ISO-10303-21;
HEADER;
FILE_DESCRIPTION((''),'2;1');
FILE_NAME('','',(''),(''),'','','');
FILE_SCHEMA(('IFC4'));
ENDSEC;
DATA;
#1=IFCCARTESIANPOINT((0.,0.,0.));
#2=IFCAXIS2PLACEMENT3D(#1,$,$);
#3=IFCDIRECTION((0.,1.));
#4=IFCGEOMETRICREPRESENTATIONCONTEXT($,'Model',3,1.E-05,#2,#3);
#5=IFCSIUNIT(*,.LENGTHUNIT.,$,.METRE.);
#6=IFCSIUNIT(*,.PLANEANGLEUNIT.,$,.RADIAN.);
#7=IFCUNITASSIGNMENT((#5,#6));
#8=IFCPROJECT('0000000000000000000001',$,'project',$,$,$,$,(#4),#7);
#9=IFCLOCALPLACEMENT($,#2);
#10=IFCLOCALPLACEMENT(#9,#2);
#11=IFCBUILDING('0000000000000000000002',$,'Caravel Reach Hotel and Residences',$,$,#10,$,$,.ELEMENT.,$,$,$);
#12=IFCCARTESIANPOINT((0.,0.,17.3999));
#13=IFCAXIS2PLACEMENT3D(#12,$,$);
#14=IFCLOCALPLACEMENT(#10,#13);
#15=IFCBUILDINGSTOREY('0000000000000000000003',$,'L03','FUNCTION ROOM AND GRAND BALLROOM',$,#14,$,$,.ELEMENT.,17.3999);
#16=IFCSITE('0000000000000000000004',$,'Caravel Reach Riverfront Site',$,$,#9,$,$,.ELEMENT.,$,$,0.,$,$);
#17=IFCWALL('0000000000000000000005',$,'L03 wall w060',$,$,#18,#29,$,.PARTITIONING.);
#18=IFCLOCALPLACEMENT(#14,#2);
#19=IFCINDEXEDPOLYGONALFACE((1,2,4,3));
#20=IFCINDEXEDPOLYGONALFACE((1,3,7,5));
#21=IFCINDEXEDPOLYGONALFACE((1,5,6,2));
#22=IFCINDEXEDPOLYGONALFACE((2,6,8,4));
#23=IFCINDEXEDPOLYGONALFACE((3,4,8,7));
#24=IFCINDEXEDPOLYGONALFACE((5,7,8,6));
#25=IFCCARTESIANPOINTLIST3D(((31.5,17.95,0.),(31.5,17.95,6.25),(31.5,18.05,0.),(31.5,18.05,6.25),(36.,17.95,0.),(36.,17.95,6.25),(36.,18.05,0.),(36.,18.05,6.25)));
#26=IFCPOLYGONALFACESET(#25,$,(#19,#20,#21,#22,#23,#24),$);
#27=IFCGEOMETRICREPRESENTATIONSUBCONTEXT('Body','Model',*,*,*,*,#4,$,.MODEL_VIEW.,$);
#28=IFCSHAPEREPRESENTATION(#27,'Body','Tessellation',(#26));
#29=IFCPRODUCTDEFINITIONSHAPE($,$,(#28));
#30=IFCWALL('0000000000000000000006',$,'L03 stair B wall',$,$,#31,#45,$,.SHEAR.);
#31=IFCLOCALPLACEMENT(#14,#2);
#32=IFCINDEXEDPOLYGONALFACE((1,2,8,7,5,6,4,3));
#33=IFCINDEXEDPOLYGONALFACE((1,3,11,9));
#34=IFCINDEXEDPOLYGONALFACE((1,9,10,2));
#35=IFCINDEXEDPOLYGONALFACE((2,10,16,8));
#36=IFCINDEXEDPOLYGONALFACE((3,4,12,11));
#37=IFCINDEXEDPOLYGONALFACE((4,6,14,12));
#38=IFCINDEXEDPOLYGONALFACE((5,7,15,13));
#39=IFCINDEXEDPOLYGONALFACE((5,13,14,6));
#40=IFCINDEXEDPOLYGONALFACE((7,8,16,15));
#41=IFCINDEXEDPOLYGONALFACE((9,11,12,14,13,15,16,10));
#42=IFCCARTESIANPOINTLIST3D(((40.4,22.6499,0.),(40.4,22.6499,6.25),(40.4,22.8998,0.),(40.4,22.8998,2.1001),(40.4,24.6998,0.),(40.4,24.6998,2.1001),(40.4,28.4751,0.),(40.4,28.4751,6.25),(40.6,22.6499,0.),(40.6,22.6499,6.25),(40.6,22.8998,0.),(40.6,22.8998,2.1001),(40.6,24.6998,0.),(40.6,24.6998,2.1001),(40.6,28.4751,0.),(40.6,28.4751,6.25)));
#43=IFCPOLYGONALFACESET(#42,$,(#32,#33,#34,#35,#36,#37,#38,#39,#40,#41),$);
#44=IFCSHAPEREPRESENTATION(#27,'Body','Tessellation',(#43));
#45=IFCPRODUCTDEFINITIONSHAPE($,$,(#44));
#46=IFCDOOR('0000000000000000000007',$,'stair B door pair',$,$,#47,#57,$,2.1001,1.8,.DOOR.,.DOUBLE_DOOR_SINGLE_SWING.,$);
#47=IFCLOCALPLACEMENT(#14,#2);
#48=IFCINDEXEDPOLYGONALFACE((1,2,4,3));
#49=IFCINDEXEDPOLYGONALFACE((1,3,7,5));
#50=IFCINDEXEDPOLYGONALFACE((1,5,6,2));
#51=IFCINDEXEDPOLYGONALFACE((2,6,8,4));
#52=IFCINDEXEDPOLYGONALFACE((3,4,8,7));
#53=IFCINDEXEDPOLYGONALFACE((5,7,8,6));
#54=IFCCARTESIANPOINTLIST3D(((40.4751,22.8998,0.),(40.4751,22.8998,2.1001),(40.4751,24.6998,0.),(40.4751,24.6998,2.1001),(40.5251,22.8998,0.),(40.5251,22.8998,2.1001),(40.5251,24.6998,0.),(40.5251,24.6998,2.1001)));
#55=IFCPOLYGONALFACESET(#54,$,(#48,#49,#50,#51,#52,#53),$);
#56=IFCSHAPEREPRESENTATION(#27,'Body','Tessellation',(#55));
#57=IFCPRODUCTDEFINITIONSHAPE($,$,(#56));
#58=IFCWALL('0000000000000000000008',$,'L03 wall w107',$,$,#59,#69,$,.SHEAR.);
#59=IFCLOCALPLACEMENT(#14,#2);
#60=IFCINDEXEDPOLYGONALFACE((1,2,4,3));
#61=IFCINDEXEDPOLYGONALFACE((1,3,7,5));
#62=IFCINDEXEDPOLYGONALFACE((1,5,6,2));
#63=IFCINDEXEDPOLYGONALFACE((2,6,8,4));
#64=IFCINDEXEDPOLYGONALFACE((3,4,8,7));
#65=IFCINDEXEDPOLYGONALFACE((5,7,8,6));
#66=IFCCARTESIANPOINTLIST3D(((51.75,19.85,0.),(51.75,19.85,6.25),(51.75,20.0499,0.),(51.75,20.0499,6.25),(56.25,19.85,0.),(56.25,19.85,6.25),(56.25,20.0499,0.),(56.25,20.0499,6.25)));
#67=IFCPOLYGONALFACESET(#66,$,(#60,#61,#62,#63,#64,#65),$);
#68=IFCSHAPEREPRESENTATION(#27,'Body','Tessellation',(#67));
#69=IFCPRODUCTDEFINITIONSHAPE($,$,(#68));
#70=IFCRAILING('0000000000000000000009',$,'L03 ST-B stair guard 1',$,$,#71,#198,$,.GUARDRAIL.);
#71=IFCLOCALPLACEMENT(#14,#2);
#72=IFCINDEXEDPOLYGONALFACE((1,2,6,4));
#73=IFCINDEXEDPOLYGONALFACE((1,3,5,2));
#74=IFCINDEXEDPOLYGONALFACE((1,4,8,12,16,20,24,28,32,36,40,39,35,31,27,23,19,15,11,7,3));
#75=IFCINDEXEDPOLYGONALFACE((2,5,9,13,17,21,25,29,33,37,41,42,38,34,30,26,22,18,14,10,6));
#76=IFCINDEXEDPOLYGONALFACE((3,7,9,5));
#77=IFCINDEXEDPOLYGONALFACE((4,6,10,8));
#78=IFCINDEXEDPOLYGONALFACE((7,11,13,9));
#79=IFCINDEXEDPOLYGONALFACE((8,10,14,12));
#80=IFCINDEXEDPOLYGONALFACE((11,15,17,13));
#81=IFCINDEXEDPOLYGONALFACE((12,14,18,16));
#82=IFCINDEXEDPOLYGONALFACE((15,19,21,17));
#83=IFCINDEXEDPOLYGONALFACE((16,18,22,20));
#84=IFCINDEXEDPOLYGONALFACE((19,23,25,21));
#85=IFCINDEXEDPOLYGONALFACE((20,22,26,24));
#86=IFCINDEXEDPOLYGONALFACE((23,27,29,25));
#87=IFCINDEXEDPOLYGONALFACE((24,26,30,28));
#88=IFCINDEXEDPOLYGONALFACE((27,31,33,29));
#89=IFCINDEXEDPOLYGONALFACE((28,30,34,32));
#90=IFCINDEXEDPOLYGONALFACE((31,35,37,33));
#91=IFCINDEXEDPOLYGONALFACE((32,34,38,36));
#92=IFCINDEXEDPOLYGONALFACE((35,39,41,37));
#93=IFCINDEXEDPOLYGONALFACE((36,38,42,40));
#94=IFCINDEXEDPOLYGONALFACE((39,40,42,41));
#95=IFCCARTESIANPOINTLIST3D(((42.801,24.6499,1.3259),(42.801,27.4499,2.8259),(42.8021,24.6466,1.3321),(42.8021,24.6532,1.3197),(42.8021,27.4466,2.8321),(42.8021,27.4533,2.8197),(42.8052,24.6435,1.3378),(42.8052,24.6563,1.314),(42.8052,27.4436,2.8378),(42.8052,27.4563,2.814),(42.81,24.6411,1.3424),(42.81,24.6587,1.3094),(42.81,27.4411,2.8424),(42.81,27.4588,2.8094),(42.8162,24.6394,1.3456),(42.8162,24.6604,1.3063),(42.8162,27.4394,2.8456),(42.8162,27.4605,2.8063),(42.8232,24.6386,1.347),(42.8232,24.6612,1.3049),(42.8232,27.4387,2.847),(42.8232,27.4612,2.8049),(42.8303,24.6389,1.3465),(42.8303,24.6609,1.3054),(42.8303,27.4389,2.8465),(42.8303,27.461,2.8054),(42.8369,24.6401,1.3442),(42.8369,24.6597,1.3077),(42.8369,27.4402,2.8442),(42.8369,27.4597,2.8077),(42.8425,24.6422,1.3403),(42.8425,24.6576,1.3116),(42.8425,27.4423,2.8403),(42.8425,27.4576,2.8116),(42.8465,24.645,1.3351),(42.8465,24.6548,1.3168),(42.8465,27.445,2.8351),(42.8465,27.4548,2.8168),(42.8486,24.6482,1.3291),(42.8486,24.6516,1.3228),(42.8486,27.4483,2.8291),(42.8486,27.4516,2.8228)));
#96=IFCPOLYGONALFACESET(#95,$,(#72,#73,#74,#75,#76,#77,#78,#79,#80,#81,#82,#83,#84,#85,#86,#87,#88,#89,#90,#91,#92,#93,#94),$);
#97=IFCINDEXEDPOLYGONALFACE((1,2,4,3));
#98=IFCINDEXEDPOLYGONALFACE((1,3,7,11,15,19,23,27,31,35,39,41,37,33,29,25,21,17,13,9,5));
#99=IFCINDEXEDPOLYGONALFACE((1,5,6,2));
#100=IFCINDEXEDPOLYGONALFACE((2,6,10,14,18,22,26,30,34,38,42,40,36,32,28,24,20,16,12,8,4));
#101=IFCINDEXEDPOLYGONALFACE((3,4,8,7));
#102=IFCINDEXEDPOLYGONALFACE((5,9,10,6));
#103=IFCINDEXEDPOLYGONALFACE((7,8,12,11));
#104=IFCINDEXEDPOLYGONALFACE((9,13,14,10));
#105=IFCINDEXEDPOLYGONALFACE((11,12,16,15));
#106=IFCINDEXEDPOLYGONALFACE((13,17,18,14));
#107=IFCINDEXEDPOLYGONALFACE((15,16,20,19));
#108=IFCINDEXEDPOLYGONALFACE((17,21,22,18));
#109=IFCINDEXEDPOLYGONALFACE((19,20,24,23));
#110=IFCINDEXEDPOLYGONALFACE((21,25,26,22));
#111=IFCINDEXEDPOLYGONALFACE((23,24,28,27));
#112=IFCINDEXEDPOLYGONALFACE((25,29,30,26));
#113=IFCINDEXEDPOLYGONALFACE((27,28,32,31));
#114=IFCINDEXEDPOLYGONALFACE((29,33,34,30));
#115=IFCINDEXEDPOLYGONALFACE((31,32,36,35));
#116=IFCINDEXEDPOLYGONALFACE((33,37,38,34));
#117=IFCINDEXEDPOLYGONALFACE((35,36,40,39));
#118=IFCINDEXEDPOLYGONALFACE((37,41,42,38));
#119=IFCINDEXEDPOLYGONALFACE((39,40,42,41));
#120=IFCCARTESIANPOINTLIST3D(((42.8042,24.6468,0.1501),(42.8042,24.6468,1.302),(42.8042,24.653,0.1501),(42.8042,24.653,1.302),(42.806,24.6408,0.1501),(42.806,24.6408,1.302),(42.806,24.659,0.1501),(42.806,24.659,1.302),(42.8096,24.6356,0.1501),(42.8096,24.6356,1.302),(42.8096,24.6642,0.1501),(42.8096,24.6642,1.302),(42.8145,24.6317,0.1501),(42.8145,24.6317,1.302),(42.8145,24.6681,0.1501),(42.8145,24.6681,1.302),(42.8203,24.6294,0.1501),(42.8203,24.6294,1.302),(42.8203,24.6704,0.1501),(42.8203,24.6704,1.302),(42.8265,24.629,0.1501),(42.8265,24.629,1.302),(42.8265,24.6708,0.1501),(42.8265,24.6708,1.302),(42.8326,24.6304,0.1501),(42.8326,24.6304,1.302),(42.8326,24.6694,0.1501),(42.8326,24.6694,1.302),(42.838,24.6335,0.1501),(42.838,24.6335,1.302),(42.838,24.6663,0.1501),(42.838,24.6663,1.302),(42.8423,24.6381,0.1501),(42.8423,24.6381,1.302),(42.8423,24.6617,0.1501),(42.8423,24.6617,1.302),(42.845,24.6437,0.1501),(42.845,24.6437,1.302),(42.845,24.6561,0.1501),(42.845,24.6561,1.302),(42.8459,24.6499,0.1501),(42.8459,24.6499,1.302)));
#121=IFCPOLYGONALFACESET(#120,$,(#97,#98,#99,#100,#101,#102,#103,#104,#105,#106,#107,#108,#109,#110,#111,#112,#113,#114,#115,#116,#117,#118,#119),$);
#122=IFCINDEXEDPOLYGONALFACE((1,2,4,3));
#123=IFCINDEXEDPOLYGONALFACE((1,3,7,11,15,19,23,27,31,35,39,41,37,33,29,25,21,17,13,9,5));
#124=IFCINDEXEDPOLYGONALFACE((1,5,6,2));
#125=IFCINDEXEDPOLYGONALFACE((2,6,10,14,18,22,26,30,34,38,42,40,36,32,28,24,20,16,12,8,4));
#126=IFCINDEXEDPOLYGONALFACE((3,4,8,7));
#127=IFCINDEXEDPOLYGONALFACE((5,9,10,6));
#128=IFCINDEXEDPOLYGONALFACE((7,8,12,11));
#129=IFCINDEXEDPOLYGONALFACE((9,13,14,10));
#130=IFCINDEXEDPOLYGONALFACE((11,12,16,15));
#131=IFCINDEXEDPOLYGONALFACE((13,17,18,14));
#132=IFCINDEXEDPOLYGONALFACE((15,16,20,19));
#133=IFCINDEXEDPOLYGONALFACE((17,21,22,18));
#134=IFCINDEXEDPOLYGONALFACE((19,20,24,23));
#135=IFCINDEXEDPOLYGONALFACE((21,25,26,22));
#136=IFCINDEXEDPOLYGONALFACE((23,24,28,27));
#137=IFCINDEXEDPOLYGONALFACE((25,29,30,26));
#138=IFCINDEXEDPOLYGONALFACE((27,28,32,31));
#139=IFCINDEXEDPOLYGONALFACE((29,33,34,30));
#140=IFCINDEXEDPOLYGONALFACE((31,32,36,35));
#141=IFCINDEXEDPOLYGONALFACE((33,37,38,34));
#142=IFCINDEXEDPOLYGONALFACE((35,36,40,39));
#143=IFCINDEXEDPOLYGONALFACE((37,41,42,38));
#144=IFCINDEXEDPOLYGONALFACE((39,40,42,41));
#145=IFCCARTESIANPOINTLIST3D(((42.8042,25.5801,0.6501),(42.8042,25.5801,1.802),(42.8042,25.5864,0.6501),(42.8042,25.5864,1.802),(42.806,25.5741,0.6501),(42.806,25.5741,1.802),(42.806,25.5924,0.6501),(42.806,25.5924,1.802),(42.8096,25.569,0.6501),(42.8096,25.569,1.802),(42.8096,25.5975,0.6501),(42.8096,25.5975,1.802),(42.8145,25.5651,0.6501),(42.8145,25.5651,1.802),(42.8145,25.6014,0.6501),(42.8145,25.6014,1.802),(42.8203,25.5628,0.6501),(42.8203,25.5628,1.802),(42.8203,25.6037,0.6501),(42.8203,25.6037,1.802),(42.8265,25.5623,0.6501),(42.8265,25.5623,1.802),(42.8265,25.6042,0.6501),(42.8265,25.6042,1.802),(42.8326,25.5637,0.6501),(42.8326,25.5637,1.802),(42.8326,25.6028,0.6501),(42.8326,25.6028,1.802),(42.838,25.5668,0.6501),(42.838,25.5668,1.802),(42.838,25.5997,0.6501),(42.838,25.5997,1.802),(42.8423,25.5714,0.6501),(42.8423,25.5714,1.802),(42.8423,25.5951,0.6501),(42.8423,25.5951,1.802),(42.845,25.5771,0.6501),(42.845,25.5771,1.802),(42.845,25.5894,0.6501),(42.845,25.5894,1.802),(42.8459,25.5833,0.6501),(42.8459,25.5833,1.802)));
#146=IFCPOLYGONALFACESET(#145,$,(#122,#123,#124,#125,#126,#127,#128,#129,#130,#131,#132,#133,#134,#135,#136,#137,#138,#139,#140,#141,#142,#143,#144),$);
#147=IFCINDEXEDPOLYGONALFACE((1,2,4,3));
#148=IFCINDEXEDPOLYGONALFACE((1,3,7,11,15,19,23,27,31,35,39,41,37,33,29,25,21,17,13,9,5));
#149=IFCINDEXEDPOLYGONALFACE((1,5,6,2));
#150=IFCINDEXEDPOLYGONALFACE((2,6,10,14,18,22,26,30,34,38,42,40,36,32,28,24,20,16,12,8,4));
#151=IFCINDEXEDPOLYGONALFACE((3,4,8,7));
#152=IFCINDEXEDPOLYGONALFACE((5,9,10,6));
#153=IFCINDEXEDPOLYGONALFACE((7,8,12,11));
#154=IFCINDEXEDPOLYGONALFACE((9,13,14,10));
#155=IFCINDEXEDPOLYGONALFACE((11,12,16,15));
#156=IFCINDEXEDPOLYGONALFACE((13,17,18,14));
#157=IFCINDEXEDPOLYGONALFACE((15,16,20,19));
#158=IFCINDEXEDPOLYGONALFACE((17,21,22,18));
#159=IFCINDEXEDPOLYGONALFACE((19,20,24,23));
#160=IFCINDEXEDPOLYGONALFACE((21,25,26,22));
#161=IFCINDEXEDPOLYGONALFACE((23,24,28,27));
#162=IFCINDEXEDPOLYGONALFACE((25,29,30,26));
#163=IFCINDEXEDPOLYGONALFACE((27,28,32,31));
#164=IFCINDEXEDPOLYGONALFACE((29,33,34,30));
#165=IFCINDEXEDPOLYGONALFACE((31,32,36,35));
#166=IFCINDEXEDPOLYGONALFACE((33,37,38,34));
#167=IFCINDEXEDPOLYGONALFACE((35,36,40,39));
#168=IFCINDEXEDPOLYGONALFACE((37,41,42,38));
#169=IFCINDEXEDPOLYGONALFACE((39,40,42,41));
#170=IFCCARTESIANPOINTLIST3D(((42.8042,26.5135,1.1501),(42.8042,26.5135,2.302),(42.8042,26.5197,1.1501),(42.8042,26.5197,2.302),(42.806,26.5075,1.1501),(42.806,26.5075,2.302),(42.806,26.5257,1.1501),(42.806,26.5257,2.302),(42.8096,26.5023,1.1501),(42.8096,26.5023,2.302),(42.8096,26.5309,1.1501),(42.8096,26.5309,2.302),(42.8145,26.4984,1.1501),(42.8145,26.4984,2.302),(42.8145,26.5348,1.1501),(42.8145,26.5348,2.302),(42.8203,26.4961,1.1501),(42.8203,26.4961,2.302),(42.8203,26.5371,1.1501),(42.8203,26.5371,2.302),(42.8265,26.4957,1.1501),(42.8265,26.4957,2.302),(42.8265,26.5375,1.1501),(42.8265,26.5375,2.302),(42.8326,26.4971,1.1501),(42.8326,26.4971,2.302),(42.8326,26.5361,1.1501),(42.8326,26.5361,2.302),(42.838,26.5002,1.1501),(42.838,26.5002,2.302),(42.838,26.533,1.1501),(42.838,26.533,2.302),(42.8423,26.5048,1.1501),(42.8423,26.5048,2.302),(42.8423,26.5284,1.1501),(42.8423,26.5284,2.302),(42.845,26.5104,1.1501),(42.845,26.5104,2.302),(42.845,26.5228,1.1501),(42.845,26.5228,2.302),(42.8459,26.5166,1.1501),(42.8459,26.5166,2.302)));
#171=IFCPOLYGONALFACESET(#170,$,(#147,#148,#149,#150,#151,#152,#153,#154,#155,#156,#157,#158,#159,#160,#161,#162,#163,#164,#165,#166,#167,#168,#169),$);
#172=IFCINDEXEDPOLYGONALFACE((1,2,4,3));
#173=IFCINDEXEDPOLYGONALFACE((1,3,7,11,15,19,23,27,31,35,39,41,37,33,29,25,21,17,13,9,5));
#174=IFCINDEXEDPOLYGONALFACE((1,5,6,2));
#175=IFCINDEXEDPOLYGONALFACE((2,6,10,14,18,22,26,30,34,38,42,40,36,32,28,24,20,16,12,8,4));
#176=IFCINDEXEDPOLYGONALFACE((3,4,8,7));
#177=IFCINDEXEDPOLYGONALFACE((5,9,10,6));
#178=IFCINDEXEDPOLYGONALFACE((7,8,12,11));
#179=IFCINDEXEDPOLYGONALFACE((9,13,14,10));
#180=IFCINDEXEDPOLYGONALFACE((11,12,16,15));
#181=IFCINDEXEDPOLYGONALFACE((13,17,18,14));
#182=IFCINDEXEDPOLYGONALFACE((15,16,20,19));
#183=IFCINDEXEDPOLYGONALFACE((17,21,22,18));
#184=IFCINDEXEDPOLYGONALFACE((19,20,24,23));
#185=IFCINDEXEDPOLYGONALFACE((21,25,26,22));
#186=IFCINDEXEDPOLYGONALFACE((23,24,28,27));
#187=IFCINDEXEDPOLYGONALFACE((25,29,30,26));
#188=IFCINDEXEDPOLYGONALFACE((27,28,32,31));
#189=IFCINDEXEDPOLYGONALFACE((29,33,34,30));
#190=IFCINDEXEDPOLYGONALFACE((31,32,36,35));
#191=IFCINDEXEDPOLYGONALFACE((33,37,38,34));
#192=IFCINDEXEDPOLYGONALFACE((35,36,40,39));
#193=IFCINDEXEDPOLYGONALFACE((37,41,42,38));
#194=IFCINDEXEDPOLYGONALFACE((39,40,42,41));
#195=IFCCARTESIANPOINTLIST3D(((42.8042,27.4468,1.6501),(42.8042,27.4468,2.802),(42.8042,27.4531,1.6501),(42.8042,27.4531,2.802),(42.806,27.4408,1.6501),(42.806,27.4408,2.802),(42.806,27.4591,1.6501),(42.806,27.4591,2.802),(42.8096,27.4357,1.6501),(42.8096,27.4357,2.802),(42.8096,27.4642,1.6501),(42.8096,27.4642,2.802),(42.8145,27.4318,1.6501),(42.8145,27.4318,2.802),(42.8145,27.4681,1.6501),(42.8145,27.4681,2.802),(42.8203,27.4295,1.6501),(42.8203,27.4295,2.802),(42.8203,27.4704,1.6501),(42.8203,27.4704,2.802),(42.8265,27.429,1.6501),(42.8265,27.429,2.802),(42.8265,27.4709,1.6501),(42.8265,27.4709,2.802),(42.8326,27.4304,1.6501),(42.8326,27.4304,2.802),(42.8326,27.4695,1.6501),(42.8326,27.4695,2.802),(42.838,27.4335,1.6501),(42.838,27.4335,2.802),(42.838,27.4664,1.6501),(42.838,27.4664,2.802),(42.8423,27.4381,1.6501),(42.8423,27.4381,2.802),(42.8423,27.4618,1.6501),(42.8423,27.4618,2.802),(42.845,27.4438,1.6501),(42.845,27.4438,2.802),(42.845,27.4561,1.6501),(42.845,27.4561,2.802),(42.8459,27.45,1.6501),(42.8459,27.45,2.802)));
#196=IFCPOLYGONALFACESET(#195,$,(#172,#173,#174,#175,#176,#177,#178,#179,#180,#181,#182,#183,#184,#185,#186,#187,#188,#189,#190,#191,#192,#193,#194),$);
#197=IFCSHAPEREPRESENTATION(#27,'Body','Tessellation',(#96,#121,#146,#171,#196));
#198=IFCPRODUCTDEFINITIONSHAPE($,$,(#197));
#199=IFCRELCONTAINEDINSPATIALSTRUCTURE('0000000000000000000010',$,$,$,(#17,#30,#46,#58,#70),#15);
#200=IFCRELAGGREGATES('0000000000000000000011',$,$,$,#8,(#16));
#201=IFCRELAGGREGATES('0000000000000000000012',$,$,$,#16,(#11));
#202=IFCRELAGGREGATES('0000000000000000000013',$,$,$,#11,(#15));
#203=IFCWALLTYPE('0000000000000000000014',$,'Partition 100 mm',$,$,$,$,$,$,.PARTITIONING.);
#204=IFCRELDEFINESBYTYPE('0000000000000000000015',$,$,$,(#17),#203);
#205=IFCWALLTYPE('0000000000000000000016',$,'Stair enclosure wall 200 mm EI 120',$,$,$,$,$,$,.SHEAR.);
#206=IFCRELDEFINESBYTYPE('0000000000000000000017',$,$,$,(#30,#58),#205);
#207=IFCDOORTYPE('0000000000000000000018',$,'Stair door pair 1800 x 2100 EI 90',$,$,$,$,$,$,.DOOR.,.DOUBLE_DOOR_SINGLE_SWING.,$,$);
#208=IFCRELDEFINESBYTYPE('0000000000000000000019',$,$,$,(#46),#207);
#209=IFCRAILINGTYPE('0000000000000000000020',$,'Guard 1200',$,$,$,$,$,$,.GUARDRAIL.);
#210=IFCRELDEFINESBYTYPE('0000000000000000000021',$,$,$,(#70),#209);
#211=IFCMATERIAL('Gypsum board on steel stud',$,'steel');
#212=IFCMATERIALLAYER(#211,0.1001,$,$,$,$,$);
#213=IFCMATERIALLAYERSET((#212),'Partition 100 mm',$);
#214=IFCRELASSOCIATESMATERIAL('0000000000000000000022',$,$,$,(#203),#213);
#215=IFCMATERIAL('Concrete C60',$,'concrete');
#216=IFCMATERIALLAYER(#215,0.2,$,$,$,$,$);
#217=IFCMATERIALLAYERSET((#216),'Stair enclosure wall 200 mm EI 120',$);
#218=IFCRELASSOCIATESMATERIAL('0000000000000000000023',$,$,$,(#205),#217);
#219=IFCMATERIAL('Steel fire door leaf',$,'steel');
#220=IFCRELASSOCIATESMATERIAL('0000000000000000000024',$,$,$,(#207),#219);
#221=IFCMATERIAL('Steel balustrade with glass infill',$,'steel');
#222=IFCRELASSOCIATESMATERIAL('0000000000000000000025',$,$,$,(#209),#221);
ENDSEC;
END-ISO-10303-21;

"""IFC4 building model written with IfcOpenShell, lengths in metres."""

from ifc_helpers import new_model, si_unit, direction, frame, frame_2d, origin, origin_2d, place, context, subcontext, project, spatial, rectangle, circle, extrude, material, layer, layer_set, type_object, element, fill, save


model = new_model("IFC4")

# Units and contexts
model_context = context("Model", 3, precision=1e-05, world=origin(), true_north=direction((0.0, 1.0)))
body_context = subcontext(model_context, "Body", "Model", "MODEL_VIEW")
ifc_project = project(units=[si_unit("LENGTHUNIT", "METRE"), si_unit("PLANEANGLEUNIT", "RADIAN")], contexts=[model_context])

# Site, building, storey
site_placement = place(None, origin())
site = spatial("IfcSite", under=ifc_project, at=site_placement, Name="Caravel Reach Riverfront Site", CompositionType="ELEMENT", RefElevation=0.0)
building_placement = place(site_placement, origin())
building = spatial("IfcBuilding", under=site, at=building_placement, Name="Caravel Reach Hotel and Residences", CompositionType="ELEMENT")
storey_placement = place(building_placement, frame((0.0, 0.0, 17.3999)))
storey = spatial("IfcBuildingStorey", under=building, at=storey_placement, Name="L03", Description="FUNCTION ROOM AND GRAND BALLROOM", CompositionType="ELEMENT", Elevation=17.3999)

# Wall
ifc_material_1 = material(Name="Gypsum board on steel stud", Category="steel")
ifc_layer_1 = layer(ifc_material_1, 0.1001)
ifc_layer_set_1 = layer_set([ifc_layer_1], Name="Partition 100 mm")
wall_type_1 = type_object("IfcWallType", Name="Partition 100 mm", PredefinedType="PARTITIONING", material=ifc_layer_set_1)
wall_1_placement = place(storey_placement, frame((31.5, 18.0, 0.0), z_axis=(0.0, 0.0, 1.0), x_axis=(1.0, 0.0, 0.0)))
element("IfcWall", 1, at=wall_1_placement, inside=storey, type_object=wall_type_1, Name="L03 wall w060", PredefinedType="PARTITIONING", context=body_context, shape_type="SweptSolid", body=[
    extrude(rectangle(XDim=4.5, YDim=0.1001, at=frame_2d((2.25, 0.0))), origin(), (0.0, 0.0, 1.0), 6.25),
])

# Wall, opening, door
ifc_material_2 = material(Name="Concrete C60", Category="concrete")
ifc_layer_2 = layer(ifc_material_2, 0.2)
ifc_layer_set_2 = layer_set([ifc_layer_2], Name="Stair enclosure wall 200 mm EI 120")
wall_type_2 = type_object("IfcWallType", Name="Stair enclosure wall 200 mm EI 120", PredefinedType="SHEAR", material=ifc_layer_set_2)
wall_2_placement = place(storey_placement, frame((40.5, 22.6499, 0.0), z_axis=(0.0, 0.0, 1.0), x_axis=(0.0, 1.0, 0.0)))
wall_2 = element("IfcWall", 2, at=wall_2_placement, inside=storey, type_object=wall_type_2, Name="L03 stair B wall", PredefinedType="SHEAR", context=body_context, shape_type="SweptSolid", body=[
    extrude(rectangle(XDim=5.8252, YDim=0.2, at=frame_2d((2.9126, 0.0))), origin(), (0.0, 0.0, 1.0), 6.25),
])
opening_1_placement = place(wall_2_placement, frame((0.25, 0.0, 0.0)))
opening_1 = element("IfcOpeningElement", 3, at=opening_1_placement, cuts=wall_2, PredefinedType="OPENING", context=body_context, shape_type="SweptSolid", body=[
    extrude(rectangle(XDim=1.8, YDim=2.1001, at=frame_2d((0.8999, 1.05))), frame((0.0, 0.1099, 0.0), z_axis=(0.0, -1.0, 0.0), x_axis=(1.0, 0.0, 0.0)), (0.0, 0.0, 1.0), 0.22),
])
ifc_material_3 = material(Name="Steel fire door leaf", Category="steel")
door_type_1 = type_object("IfcDoorType", Name="Stair door pair 1800 x 2100 EI 90", OperationType="DOUBLE_DOOR_SINGLE_SWING", PredefinedType="DOOR", material=ifc_material_3)
door_1_placement = place(opening_1_placement, origin())
door_1 = element("IfcDoor", 4, at=door_1_placement, inside=storey, type_object=door_type_1, Name="stair B door pair", OperationType="DOUBLE_DOOR_SINGLE_SWING", OverallHeight=2.1001, OverallWidth=1.8, PredefinedType="DOOR", context=body_context, shape_type="SweptSolid", body=[
    extrude(rectangle(XDim=1.8, YDim=2.1001, at=frame_2d((0.8999, 1.05))), frame((0.0, 0.0249, 0.0), z_axis=(0.0, -1.0, 0.0), x_axis=(1.0, 0.0, 0.0)), (0.0, 0.0, 1.0), 0.05),
])
fill(opening_1, door_1)

# Wall
wall_3_placement = place(storey_placement, frame((51.75, 19.95, 0.0), z_axis=(0.0, 0.0, 1.0), x_axis=(1.0, 0.0, 0.0)))
element("IfcWall", 5, at=wall_3_placement, inside=storey, type_object=wall_type_2, Name="L03 wall w107", PredefinedType="SHEAR", context=body_context, shape_type="SweptSolid", body=[
    extrude(rectangle(XDim=4.5, YDim=0.2, at=frame_2d((2.25, 0.0))), origin(), (0.0, 0.0, 1.0), 6.25),
])

# Railing
ifc_material_4 = material(Name="Steel balustrade with glass infill", Category="steel")
railing_type_1 = type_object("IfcRailingType", Name="Guard 1200", PredefinedType="GUARDRAIL", material=ifc_material_4)
railing_1_placement = place(storey_placement, frame((42.825, 24.6499, 0.1501)))
element("IfcRailing", 6, at=railing_1_placement, inside=storey, type_object=railing_type_1, Name="L03 ST-B stair guard 1", PredefinedType="GUARDRAIL", context=body_context, shape_type="SweptSolid", body=[
    extrude(circle(Radius=0.0239, at=origin_2d()), frame((0.0, 0.0, 1.1758), z_axis=(0.0, 0.881483, 0.472215), x_axis=(-1.0, 0.0, 0.0)), (0.0, 0.0, 1.0), 3.1765),
    extrude(circle(Radius=0.021, at=origin_2d()), origin(), (0.0, 0.0, 1.0), 1.1519),
    extrude(circle(Radius=0.021, at=origin_2d()), frame((0.0, 0.9333, 0.5)), (0.0, 0.0, 1.0), 1.1519),
    extrude(circle(Radius=0.021, at=origin_2d()), frame((0.0, 1.8667, 1.0)), (0.0, 0.0, 1.0), 1.1519),
    extrude(circle(Radius=0.021, at=origin_2d()), frame((0.0, 2.8, 1.5)), (0.0, 0.0, 1.0), 1.1519),
])

save(model, "model.ifc")
